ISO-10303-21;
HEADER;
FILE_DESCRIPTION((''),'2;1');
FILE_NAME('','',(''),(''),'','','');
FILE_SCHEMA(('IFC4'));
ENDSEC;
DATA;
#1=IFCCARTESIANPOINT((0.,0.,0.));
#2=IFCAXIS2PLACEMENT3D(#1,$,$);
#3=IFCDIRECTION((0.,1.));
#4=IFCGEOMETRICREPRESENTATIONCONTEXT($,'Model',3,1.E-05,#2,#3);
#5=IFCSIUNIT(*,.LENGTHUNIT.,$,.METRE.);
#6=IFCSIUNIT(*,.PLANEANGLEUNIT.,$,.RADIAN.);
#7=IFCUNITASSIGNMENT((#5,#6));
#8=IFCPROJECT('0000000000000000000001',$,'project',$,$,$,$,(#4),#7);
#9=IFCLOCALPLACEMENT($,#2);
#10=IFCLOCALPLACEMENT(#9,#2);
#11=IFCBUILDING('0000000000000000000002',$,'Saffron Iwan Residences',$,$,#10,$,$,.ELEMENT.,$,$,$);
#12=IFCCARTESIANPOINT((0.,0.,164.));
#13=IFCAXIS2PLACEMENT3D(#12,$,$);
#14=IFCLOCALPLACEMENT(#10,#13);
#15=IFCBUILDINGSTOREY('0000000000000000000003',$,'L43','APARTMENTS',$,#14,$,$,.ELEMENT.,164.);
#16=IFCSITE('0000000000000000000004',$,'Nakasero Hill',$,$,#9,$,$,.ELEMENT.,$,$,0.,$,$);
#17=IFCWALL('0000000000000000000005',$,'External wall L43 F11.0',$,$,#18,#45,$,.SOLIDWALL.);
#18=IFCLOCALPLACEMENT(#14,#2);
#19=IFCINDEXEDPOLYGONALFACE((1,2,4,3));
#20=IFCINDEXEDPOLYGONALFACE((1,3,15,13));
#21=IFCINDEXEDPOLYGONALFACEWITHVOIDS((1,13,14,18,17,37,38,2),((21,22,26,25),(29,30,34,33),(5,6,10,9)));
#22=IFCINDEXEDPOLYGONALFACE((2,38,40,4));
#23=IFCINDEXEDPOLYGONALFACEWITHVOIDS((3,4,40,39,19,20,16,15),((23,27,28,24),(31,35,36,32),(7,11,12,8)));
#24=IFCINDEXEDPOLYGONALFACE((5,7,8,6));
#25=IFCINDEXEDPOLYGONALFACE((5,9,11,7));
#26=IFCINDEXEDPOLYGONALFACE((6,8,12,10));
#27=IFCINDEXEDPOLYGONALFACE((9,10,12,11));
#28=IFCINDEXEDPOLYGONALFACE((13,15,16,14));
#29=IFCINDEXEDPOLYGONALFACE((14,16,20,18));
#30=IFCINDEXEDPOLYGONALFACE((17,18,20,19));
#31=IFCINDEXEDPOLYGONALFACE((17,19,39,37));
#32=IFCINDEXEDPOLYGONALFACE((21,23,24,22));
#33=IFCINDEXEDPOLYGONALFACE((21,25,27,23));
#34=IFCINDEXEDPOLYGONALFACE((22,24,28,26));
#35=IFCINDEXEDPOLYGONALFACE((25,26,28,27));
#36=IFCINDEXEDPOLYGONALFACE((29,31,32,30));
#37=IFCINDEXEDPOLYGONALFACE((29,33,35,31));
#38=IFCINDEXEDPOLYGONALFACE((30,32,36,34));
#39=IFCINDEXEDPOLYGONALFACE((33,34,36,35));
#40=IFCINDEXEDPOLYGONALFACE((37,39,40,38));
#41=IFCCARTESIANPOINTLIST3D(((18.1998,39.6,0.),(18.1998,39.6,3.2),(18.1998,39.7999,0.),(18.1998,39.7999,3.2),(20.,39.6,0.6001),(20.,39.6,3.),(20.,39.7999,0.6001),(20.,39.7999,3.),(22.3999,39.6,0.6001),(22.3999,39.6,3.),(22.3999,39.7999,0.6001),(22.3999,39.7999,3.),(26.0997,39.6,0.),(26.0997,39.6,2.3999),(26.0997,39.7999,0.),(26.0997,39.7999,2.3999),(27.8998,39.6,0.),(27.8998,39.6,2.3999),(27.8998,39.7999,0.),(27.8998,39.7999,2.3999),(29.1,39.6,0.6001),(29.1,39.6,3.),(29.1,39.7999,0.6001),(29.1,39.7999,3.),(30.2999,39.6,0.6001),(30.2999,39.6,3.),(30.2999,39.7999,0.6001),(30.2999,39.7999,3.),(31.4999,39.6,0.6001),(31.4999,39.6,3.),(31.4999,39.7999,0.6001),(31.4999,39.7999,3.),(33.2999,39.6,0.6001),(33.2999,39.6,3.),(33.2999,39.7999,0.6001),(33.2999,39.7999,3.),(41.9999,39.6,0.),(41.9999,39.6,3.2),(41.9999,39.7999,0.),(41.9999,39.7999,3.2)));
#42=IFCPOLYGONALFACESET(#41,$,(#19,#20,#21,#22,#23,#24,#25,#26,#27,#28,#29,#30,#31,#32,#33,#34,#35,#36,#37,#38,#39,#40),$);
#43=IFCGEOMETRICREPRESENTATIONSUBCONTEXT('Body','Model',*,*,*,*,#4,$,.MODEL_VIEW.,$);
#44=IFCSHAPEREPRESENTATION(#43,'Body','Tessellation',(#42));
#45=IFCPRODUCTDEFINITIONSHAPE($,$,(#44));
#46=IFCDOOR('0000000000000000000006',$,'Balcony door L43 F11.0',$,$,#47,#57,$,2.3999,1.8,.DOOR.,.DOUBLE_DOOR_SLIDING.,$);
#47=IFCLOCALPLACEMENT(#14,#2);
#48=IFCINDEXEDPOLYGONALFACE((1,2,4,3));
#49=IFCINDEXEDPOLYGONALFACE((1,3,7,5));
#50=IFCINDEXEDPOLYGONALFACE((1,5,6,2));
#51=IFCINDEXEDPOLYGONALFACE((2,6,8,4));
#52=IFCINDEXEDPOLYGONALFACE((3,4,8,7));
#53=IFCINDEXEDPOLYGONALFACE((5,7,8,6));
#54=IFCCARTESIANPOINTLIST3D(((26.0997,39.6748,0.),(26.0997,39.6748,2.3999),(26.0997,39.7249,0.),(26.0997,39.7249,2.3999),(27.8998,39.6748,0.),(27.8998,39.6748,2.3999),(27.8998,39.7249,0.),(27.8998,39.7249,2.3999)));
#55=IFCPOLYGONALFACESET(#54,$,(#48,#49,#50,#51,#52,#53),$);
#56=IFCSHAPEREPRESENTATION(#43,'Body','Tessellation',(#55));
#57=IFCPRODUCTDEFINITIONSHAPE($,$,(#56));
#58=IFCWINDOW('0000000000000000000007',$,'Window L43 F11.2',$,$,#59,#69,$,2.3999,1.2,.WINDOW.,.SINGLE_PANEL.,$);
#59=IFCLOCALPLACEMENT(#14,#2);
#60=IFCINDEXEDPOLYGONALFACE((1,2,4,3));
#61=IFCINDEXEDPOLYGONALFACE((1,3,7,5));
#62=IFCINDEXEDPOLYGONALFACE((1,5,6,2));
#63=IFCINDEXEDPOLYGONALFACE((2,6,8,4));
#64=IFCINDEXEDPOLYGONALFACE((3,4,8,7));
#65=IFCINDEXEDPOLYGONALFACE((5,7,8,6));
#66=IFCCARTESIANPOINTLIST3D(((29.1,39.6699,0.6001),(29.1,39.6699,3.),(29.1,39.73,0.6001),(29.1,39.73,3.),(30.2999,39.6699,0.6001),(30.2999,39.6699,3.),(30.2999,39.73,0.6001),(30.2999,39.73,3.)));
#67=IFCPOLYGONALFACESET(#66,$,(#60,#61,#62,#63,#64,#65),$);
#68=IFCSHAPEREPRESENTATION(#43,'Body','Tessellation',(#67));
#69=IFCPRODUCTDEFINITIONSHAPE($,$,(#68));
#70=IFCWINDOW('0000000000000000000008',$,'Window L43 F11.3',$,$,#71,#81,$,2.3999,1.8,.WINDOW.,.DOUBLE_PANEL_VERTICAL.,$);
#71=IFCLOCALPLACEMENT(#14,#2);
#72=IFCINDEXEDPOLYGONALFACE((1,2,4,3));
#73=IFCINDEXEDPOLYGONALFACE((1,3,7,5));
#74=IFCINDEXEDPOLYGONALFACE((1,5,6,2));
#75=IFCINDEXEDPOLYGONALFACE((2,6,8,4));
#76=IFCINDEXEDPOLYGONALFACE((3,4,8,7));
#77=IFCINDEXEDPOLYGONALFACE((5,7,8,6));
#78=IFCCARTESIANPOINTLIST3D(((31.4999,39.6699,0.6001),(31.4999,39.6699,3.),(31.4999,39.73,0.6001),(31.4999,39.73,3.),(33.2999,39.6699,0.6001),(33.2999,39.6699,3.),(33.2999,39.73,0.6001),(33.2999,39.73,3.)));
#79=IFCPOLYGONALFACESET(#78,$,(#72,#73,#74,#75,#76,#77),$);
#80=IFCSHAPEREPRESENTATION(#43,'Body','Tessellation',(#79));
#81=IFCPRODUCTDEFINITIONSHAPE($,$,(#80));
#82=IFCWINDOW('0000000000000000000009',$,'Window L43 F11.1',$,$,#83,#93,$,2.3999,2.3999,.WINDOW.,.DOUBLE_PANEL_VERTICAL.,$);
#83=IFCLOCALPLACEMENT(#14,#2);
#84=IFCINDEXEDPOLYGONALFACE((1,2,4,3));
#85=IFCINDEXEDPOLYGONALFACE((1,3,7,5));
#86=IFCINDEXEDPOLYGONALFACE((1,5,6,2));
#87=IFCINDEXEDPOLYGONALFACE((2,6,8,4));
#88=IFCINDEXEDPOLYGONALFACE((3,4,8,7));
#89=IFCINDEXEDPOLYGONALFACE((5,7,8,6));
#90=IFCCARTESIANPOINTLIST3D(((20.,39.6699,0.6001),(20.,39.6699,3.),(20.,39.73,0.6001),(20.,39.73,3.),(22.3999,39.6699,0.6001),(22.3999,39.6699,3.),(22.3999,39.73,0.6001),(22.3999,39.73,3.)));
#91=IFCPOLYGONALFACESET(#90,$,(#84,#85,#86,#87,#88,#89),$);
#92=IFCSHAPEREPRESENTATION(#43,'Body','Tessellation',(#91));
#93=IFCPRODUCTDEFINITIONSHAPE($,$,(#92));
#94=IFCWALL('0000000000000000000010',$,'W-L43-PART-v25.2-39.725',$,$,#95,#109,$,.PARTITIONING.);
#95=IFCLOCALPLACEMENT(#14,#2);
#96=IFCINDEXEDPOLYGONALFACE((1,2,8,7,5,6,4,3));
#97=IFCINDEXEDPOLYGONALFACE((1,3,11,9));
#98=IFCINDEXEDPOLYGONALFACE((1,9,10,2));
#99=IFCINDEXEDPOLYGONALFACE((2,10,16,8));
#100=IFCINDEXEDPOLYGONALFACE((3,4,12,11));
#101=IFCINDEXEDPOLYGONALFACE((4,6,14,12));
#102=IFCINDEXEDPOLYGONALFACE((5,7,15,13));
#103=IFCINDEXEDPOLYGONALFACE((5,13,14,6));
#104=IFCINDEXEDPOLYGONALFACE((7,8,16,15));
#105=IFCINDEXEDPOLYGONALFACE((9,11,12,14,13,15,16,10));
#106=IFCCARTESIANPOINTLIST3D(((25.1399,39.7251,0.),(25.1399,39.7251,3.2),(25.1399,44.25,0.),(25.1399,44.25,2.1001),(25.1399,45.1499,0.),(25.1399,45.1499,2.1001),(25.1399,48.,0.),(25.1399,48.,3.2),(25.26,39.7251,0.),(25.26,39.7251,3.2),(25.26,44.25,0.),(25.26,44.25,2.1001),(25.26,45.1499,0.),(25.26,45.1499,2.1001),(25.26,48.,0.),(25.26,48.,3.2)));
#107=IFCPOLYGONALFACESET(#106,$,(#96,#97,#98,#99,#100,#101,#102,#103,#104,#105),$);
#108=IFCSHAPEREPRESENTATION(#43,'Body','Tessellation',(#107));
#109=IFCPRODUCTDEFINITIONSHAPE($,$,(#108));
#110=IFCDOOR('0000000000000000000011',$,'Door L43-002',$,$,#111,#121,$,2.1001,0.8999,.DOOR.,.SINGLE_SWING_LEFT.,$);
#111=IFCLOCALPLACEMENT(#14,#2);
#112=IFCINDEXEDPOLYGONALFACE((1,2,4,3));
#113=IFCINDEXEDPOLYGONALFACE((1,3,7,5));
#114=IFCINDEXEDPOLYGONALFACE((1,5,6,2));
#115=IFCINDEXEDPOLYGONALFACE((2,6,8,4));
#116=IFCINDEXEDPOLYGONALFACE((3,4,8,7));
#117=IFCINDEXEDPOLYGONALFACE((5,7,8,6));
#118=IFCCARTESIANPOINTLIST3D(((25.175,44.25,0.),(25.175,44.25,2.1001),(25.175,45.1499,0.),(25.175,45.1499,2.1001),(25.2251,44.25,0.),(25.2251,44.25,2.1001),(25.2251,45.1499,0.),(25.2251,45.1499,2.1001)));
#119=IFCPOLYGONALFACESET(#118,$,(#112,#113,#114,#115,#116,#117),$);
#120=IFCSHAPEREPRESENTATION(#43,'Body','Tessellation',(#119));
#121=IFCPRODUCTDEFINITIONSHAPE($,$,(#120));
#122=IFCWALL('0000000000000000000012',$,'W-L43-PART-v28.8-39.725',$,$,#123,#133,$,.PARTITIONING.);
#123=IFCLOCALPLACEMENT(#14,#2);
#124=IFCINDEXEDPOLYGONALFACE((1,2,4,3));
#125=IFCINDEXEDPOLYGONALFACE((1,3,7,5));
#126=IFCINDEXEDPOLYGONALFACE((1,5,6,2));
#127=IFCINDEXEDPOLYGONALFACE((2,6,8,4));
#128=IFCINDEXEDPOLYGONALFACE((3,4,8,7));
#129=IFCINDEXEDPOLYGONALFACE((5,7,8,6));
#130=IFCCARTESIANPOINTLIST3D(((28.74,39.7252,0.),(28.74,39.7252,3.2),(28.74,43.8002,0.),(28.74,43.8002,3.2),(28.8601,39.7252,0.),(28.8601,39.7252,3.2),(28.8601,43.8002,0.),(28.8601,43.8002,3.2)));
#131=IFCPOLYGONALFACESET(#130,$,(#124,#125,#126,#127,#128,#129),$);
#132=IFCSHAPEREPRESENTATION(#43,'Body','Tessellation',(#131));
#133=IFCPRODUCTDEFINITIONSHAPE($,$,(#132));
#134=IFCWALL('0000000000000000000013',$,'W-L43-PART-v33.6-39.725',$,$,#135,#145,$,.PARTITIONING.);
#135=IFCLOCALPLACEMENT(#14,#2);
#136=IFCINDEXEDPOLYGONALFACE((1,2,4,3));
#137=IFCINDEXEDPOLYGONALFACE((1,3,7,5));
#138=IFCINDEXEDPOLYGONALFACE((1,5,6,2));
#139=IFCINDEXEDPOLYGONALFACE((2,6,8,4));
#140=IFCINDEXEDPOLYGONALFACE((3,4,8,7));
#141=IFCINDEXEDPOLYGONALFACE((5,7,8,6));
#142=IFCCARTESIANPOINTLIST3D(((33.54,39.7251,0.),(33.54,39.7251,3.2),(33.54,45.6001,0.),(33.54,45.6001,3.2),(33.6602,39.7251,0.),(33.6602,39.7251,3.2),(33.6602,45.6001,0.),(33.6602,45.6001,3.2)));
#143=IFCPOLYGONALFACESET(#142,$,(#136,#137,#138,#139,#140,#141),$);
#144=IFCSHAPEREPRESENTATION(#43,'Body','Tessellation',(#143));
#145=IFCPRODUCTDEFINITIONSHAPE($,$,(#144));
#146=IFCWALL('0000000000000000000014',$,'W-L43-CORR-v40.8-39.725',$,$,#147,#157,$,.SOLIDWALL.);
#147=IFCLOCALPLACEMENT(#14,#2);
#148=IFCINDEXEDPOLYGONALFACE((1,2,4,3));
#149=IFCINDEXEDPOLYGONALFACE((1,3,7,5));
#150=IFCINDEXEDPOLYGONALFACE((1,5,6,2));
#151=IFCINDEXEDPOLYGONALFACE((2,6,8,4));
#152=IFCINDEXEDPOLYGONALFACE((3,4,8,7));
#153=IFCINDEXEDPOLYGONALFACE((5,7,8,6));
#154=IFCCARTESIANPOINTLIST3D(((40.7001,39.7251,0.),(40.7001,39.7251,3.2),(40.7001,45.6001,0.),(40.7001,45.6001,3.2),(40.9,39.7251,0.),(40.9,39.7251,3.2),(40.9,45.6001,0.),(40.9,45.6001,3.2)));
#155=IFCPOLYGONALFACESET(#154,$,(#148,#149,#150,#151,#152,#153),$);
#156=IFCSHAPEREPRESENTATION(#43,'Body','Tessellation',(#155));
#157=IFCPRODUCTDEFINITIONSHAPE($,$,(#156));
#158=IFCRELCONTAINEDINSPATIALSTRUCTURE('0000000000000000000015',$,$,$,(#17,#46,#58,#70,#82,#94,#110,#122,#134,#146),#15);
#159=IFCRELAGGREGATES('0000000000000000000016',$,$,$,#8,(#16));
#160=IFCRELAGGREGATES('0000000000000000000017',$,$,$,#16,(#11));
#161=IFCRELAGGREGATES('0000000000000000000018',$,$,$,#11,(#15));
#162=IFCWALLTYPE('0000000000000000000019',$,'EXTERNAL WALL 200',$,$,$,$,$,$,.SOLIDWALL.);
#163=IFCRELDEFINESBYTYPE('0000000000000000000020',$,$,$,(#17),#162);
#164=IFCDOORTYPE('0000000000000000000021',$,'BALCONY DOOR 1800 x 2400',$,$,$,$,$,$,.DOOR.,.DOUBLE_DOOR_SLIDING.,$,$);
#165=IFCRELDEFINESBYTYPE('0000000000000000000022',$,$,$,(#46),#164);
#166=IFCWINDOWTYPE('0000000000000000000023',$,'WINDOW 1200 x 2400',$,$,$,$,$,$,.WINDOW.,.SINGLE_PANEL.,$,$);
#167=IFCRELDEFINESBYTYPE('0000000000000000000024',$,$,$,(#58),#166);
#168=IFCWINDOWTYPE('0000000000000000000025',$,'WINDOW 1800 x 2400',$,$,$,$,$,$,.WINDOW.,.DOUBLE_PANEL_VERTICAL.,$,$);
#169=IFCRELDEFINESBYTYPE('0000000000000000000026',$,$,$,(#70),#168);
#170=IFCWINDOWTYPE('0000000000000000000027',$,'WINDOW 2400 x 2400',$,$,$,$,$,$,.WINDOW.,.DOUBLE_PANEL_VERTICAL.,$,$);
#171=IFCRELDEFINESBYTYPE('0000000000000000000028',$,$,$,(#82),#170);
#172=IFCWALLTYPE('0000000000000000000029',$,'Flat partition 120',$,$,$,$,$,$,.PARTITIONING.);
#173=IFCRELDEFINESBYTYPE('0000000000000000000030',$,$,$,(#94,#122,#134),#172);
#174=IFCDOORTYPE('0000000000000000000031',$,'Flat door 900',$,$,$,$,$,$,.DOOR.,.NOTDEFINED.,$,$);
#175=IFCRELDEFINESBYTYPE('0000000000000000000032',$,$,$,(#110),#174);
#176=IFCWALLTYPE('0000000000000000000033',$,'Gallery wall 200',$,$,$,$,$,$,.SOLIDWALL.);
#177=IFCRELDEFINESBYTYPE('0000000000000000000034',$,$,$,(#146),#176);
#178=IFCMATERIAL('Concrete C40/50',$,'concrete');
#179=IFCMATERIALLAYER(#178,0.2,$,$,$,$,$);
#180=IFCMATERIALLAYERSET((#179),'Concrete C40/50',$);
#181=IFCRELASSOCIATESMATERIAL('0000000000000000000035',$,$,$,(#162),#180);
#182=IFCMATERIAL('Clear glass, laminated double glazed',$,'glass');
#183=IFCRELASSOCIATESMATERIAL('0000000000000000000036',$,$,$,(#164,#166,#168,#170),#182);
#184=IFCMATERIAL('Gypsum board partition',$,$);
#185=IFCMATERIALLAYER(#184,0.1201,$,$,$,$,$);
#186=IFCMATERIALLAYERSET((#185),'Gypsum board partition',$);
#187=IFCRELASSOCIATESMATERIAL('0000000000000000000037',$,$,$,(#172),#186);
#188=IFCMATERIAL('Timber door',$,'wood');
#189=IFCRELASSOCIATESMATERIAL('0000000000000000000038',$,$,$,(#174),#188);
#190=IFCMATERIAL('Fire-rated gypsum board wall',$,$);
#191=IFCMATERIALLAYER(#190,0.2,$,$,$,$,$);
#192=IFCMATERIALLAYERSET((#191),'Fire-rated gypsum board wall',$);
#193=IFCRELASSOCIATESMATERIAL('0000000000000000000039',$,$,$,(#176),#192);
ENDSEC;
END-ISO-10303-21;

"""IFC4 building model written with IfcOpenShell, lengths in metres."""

from ifc_helpers import new_model, si_unit, direction, frame, frame_2d, origin, place, context, subcontext, project, spatial, rectangle, extrude, material, layer, layer_set, type_object, element, fill, save


model = new_model("IFC4")

# Units and contexts
model_context = context("Model", 3, precision=1e-05, world=origin(), true_north=direction((0.0, 1.0)))
body_context = subcontext(model_context, "Body", "Model", "MODEL_VIEW")
ifc_project = project(units=[si_unit("LENGTHUNIT", "METRE"), si_unit("PLANEANGLEUNIT", "RADIAN")], contexts=[model_context])

# Site, building, storey
site_placement = place(None, origin())
site = spatial("IfcSite", under=ifc_project, at=site_placement, Name="Nakasero Hill", CompositionType="ELEMENT", RefElevation=0.0)
building_placement = place(site_placement, origin())
building = spatial("IfcBuilding", under=site, at=building_placement, Name="Saffron Iwan Residences", CompositionType="ELEMENT")
storey_placement = place(building_placement, frame((0.0, 0.0, 164.0)))
storey = spatial("IfcBuildingStorey", under=building, at=storey_placement, Name="L43", Description="APARTMENTS", CompositionType="ELEMENT", Elevation=164.0)

# Shared definitions
ifc_material_1 = material(Name="Clear glass, laminated double glazed", Category="glass")

# Wall, openings, door, windows
ifc_material_2 = material(Name="Concrete C40/50", Category="concrete")
ifc_layer_1 = layer(ifc_material_2, 0.2)
ifc_layer_set_1 = layer_set([ifc_layer_1], Name="Concrete C40/50")
wall_type_1 = type_object("IfcWallType", Name="EXTERNAL WALL 200", PredefinedType="SOLIDWALL", material=ifc_layer_set_1)
wall_1_placement = place(storey_placement, frame((18.2, 39.7, 0.0), z_axis=(0.0, 0.0, 1.0), x_axis=(1.0, 0.0, 0.0)))
wall_1 = element("IfcWall", 1, at=wall_1_placement, inside=storey, type_object=wall_type_1, Name="External wall L43 F11.0", PredefinedType="SOLIDWALL", context=body_context, shape_type="SweptSolid", body=[
    extrude(rectangle(XDim=23.8, YDim=0.2, at=frame_2d((11.8999, 0.0))), origin(), (0.0, 0.0, 1.0), 3.2),
])
opening_1_placement = place(wall_1_placement, frame((7.8999, 0.0, 0.0)))
opening_1 = element("IfcOpeningElement", 2, at=opening_1_placement, cuts=wall_1, PredefinedType="OPENING", context=body_context, shape_type="SweptSolid", body=[
    extrude(rectangle(XDim=1.8, YDim=2.3999, at=frame_2d((0.8999, 1.2))), frame((0.0, 0.1099, 0.0), z_axis=(0.0, -1.0, 0.0), x_axis=(1.0, 0.0, 0.0)), (0.0, 0.0, 1.0), 0.22),
])
opening_2_placement = place(wall_1_placement, frame((1.8, 0.0, 0.6001)))
opening_2 = element("IfcOpeningElement", 3, at=opening_2_placement, cuts=wall_1, PredefinedType="OPENING", context=body_context, shape_type="SweptSolid", body=[
    extrude(rectangle(XDim=2.3999, YDim=2.3999, at=frame_2d((1.2, 1.2))), frame((0.0, 0.1099, 0.0), z_axis=(0.0, -1.0, 0.0), x_axis=(1.0, 0.0, 0.0)), (0.0, 0.0, 1.0), 0.22),
])
opening_3_placement = place(wall_1_placement, frame((10.8999, 0.0, 0.6001)))
opening_3 = element("IfcOpeningElement", 4, at=opening_3_placement, cuts=wall_1, PredefinedType="OPENING", context=body_context, shape_type="SweptSolid", body=[
    extrude(rectangle(XDim=1.2, YDim=2.3999, at=frame_2d((0.6001, 1.2))), frame((0.0, 0.1099, 0.0), z_axis=(0.0, -1.0, 0.0), x_axis=(1.0, 0.0, 0.0)), (0.0, 0.0, 1.0), 0.22),
])
opening_4_placement = place(wall_1_placement, frame((13.3, 0.0, 0.6001)))
opening_4 = element("IfcOpeningElement", 5, at=opening_4_placement, cuts=wall_1, PredefinedType="OPENING", context=body_context, shape_type="SweptSolid", body=[
    extrude(rectangle(XDim=1.8, YDim=2.3999, at=frame_2d((0.8999, 1.2))), frame((0.0, 0.1099, 0.0), z_axis=(0.0, -1.0, 0.0), x_axis=(1.0, 0.0, 0.0)), (0.0, 0.0, 1.0), 0.22),
])
door_type_1 = type_object("IfcDoorType", Name="BALCONY DOOR 1800 x 2400", OperationType="DOUBLE_DOOR_SLIDING", PredefinedType="DOOR", material=ifc_material_1)
door_1_placement = place(opening_1_placement, origin())
door_1 = element("IfcDoor", 6, at=door_1_placement, inside=storey, type_object=door_type_1, Name="Balcony door L43 F11.0", OperationType="DOUBLE_DOOR_SLIDING", OverallHeight=2.3999, OverallWidth=1.8, PredefinedType="DOOR", context=body_context, shape_type="SweptSolid", body=[
    extrude(rectangle(XDim=1.8, YDim=2.3999, at=frame_2d((0.8999, 1.2))), frame((0.0, 0.0249, 0.0), z_axis=(0.0, -1.0, 0.0), x_axis=(1.0, 0.0, 0.0)), (0.0, 0.0, 1.0), 0.05),
])
fill(opening_1, door_1)
window_type_1 = type_object("IfcWindowType", Name="WINDOW 1200 x 2400", PartitioningType="SINGLE_PANEL", PredefinedType="WINDOW", material=ifc_material_1)
window_1_placement = place(opening_3_placement, origin())
window_1 = element("IfcWindow", 7, at=window_1_placement, inside=storey, type_object=window_type_1, Name="Window L43 F11.2", OverallHeight=2.3999, OverallWidth=1.2, PartitioningType="SINGLE_PANEL", PredefinedType="WINDOW", context=body_context, shape_type="SweptSolid", body=[
    extrude(rectangle(XDim=1.2, YDim=2.3999, at=frame_2d((0.6001, 1.2))), frame((0.0, 0.03, 0.0), z_axis=(0.0, -1.0, 0.0), x_axis=(1.0, 0.0, 0.0)), (0.0, 0.0, 1.0), 0.0601),
])
fill(opening_3, window_1)
window_type_2 = type_object("IfcWindowType", Name="WINDOW 1800 x 2400", PartitioningType="DOUBLE_PANEL_VERTICAL", PredefinedType="WINDOW", material=ifc_material_1)
window_2_placement = place(opening_4_placement, origin())
window_2 = element("IfcWindow", 8, at=window_2_placement, inside=storey, type_object=window_type_2, Name="Window L43 F11.3", OverallHeight=2.3999, OverallWidth=1.8, PartitioningType="DOUBLE_PANEL_VERTICAL", PredefinedType="WINDOW", context=body_context, shape_type="SweptSolid", body=[
    extrude(rectangle(XDim=1.8, YDim=2.3999, at=frame_2d((0.8999, 1.2))), frame((0.0, 0.03, 0.0), z_axis=(0.0, -1.0, 0.0), x_axis=(1.0, 0.0, 0.0)), (0.0, 0.0, 1.0), 0.0601),
])
fill(opening_4, window_2)
window_type_3 = type_object("IfcWindowType", Name="WINDOW 2400 x 2400", PartitioningType="DOUBLE_PANEL_VERTICAL", PredefinedType="WINDOW", material=ifc_material_1)
window_3_placement = place(opening_2_placement, origin())
window_3 = element("IfcWindow", 9, at=window_3_placement, inside=storey, type_object=window_type_3, Name="Window L43 F11.1", OverallHeight=2.3999, OverallWidth=2.3999, PartitioningType="DOUBLE_PANEL_VERTICAL", PredefinedType="WINDOW", context=body_context, shape_type="SweptSolid", body=[
    extrude(rectangle(XDim=2.3999, YDim=2.3999, at=frame_2d((1.2, 1.2))), frame((0.0, 0.03, 0.0), z_axis=(0.0, -1.0, 0.0), x_axis=(1.0, 0.0, 0.0)), (0.0, 0.0, 1.0), 0.0601),
])
fill(opening_2, window_3)

# Wall, opening, door
ifc_material_3 = material(Name="Gypsum board partition")
ifc_layer_2 = layer(ifc_material_3, 0.1201)
ifc_layer_set_2 = layer_set([ifc_layer_2], Name="Gypsum board partition")
wall_type_2 = type_object("IfcWallType", Name="Flat partition 120", PredefinedType="PARTITIONING", material=ifc_layer_set_2)
wall_2_placement = place(storey_placement, frame((25.2, 39.7251, 0.0), z_axis=(0.0, 0.0, 1.0), x_axis=(0.0, 1.0, 0.0)))
wall_2 = element("IfcWall", 10, at=wall_2_placement, inside=storey, type_object=wall_type_2, Name="W-L43-PART-v25.2-39.725", PredefinedType="PARTITIONING", context=body_context, shape_type="SweptSolid", body=[
    extrude(rectangle(XDim=8.2749, YDim=0.1201, at=frame_2d((4.1375, 0.0))), origin(), (0.0, 0.0, 1.0), 3.2),
])
opening_5_placement = place(wall_2_placement, frame((4.5249, 0.0, 0.0)))
opening_5 = element("IfcOpeningElement", 11, at=opening_5_placement, cuts=wall_2, PredefinedType="OPENING", context=body_context, shape_type="SweptSolid", body=[
    extrude(rectangle(XDim=0.8999, YDim=2.1001, at=frame_2d((0.45, 1.05))), frame((0.0, 0.0701, 0.0), z_axis=(0.0, -1.0, 0.0), x_axis=(1.0, 0.0, 0.0)), (0.0, 0.0, 1.0), 0.1401),
])
ifc_material_4 = material(Name="Timber door", Category="wood")
door_type_2 = type_object("IfcDoorType", Name="Flat door 900", OperationType="NOTDEFINED", PredefinedType="DOOR", material=ifc_material_4)
door_2_placement = place(opening_5_placement, origin())
door_2 = element("IfcDoor", 12, at=door_2_placement, inside=storey, type_object=door_type_2, Name="Door L43-002", OperationType="SINGLE_SWING_LEFT", OverallHeight=2.1001, OverallWidth=0.8999, PredefinedType="DOOR", context=body_context, shape_type="SweptSolid", body=[
    extrude(rectangle(XDim=0.8999, YDim=2.1001, at=frame_2d((0.45, 1.05))), frame((0.0, 0.0249, 0.0), z_axis=(0.0, -1.0, 0.0), x_axis=(1.0, 0.0, 0.0)), (0.0, 0.0, 1.0), 0.05),
])
fill(opening_5, door_2)

# Walls
wall_3_placement = place(storey_placement, frame((28.8, 39.7251, 0.0), z_axis=(0.0, 0.0, 1.0), x_axis=(0.0, 1.0, 0.0)))
element("IfcWall", 13, at=wall_3_placement, inside=storey, type_object=wall_type_2, Name="W-L43-PART-v28.8-39.725", PredefinedType="PARTITIONING", context=body_context, shape_type="SweptSolid", body=[
    extrude(rectangle(XDim=4.075, YDim=0.1201, at=frame_2d((2.0376, 0.0))), origin(), (0.0, 0.0, 1.0), 3.2),
])
wall_4_placement = place(storey_placement, frame((33.6001, 39.7251, 0.0), z_axis=(0.0, 0.0, 1.0), x_axis=(0.0, 1.0, 0.0)))
element("IfcWall", 14, at=wall_4_placement, inside=storey, type_object=wall_type_2, Name="W-L43-PART-v33.6-39.725", PredefinedType="PARTITIONING", context=body_context, shape_type="SweptSolid", body=[
    extrude(rectangle(XDim=5.875, YDim=0.1201, at=frame_2d((2.9375, 0.0))), origin(), (0.0, 0.0, 1.0), 3.2),
])
ifc_material_5 = material(Name="Fire-rated gypsum board wall")
ifc_layer_3 = layer(ifc_material_5, 0.2)
ifc_layer_set_3 = layer_set([ifc_layer_3], Name="Fire-rated gypsum board wall")
wall_type_3 = type_object("IfcWallType", Name="Gallery wall 200", PredefinedType="SOLIDWALL", material=ifc_layer_set_3)
wall_5_placement = place(storey_placement, frame((40.8, 39.7251, 0.0), z_axis=(0.0, 0.0, 1.0), x_axis=(0.0, 1.0, 0.0)))
element("IfcWall", 15, at=wall_5_placement, inside=storey, type_object=wall_type_3, Name="W-L43-CORR-v40.8-39.725", PredefinedType="SOLIDWALL", context=body_context, shape_type="SweptSolid", body=[
    extrude(rectangle(XDim=5.875, YDim=0.2, at=frame_2d((2.9375, 0.0))), origin(), (0.0, 0.0, 1.0), 3.2),
])

save(model, "model.ifc")
